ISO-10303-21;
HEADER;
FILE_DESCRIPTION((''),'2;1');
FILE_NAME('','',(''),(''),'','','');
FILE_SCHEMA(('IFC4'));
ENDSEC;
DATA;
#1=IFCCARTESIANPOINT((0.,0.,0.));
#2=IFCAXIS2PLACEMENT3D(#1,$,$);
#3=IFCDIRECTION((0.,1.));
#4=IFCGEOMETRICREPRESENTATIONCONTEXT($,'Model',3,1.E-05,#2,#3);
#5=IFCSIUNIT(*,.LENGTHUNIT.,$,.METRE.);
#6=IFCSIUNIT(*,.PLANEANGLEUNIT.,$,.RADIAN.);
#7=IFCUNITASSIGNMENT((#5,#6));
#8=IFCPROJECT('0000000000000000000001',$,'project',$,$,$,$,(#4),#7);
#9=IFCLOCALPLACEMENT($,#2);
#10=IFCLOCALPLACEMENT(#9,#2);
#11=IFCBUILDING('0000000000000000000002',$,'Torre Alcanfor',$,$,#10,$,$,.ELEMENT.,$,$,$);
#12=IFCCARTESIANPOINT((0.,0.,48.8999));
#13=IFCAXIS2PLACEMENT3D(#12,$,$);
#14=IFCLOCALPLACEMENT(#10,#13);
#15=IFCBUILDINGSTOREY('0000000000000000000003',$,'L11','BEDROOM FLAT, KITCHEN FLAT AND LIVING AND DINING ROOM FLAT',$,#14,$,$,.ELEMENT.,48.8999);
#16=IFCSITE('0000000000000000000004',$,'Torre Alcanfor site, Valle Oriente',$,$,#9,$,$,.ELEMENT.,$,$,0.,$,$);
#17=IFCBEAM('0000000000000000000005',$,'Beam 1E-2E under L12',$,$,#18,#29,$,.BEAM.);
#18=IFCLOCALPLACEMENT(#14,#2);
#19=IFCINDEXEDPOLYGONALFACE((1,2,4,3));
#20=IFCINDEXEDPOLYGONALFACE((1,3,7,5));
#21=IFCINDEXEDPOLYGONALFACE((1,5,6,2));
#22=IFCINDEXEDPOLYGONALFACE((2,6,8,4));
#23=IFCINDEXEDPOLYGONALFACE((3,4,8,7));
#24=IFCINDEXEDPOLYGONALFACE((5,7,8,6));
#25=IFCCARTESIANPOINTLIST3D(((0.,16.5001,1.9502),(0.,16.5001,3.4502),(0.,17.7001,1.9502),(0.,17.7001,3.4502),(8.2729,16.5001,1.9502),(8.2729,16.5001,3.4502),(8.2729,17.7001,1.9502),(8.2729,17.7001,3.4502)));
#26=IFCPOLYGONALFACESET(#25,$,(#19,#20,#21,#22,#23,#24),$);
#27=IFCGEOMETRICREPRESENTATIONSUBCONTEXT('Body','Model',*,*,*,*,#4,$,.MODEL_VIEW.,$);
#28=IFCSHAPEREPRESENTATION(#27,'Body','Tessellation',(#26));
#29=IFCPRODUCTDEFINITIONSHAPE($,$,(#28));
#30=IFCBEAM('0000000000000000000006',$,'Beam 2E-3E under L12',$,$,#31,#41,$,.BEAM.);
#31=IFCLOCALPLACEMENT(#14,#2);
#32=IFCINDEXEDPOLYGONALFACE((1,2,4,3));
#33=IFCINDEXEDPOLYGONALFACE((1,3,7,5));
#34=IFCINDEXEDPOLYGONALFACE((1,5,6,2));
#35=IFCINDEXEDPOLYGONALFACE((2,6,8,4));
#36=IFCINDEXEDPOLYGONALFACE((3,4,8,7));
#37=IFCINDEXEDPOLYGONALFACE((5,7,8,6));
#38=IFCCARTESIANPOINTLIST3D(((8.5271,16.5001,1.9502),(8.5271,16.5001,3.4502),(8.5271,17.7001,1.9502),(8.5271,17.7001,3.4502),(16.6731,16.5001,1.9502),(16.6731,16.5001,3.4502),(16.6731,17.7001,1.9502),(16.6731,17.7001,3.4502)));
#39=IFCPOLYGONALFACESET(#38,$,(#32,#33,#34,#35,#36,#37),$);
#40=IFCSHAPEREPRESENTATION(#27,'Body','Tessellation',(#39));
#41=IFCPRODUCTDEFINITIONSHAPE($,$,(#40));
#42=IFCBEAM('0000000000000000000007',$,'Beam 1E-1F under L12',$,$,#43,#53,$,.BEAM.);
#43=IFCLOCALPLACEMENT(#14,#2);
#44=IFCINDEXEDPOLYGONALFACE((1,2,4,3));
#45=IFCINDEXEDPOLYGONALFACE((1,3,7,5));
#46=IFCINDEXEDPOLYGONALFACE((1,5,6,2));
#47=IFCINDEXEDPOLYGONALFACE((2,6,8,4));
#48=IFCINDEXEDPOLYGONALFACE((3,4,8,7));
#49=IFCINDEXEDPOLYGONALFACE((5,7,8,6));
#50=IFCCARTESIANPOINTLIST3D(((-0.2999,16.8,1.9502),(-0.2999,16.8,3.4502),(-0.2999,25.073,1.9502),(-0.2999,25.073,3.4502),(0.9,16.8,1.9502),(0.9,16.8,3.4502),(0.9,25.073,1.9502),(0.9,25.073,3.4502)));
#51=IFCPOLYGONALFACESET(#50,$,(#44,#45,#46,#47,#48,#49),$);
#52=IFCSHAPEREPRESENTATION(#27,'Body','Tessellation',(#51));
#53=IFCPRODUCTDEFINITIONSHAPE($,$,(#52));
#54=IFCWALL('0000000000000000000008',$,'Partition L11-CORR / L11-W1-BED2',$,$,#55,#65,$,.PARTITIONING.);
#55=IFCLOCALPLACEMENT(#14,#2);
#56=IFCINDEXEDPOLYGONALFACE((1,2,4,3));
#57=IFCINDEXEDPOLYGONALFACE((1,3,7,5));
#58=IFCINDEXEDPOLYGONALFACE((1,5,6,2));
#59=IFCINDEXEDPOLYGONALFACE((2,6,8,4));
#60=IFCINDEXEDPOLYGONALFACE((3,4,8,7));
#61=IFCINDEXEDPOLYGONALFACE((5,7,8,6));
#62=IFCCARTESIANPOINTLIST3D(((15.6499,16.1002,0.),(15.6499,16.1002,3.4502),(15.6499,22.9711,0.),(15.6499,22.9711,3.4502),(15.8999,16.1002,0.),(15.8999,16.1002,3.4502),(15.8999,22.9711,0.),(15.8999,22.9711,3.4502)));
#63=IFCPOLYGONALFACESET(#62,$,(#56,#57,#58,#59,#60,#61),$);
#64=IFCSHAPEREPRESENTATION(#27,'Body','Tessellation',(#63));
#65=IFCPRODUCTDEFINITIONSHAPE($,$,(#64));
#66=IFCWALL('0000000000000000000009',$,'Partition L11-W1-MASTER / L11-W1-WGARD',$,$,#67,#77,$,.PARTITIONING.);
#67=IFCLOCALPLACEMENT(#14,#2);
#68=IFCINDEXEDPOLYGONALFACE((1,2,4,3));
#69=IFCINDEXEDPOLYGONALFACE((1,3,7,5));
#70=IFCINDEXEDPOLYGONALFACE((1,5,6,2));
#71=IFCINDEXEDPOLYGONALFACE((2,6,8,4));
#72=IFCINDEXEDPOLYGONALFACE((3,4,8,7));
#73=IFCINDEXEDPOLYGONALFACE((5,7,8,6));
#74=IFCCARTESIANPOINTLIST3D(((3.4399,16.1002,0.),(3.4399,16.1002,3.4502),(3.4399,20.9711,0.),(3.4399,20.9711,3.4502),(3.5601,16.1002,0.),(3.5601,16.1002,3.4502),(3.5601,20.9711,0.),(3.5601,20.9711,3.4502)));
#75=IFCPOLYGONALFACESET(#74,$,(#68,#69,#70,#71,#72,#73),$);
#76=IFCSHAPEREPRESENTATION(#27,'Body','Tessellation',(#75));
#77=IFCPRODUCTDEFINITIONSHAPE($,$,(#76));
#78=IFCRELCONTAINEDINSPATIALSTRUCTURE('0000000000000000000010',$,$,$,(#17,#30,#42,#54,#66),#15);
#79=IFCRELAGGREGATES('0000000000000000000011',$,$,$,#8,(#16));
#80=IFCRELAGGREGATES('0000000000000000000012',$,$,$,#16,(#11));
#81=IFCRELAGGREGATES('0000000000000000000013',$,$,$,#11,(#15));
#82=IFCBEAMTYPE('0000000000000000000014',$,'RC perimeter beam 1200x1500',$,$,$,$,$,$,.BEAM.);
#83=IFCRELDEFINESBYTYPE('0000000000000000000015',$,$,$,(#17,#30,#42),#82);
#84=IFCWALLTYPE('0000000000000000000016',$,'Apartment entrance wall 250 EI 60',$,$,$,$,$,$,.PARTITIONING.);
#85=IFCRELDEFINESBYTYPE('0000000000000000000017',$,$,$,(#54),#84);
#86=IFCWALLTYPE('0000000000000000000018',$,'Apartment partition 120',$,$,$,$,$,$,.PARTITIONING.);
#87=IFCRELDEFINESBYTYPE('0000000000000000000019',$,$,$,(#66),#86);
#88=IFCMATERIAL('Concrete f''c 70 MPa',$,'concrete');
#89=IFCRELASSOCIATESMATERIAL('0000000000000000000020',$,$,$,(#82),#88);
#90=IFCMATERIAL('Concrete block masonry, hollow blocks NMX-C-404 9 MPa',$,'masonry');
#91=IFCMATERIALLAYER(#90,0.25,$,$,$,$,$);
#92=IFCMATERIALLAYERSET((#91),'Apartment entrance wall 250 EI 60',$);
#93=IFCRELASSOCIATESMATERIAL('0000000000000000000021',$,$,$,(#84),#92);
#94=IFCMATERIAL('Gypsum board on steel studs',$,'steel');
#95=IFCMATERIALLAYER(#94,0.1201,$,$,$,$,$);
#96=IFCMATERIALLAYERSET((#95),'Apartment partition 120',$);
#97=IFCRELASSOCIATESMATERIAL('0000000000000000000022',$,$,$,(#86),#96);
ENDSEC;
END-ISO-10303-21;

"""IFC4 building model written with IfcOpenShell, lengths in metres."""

from ifc_helpers import new_model, si_unit, direction, frame, frame_2d, origin, origin_2d, place, context, subcontext, project, spatial, rectangle, extrude, material, layer, layer_set, material_profile, profile_set, type_object, element, save


model = new_model("IFC4")

# Units and contexts
model_context = context("Model", 3, precision=1e-05, world=origin(), true_north=direction((0.0, 1.0)))
body_context = subcontext(model_context, "Body", "Model", "MODEL_VIEW")
ifc_project = project(units=[si_unit("LENGTHUNIT", "METRE"), si_unit("PLANEANGLEUNIT", "RADIAN")], contexts=[model_context])

# Site, building, storey
site_placement = place(None, origin())
site = spatial("IfcSite", under=ifc_project, at=site_placement, Name="Torre Alcanfor site, Valle Oriente", CompositionType="ELEMENT", RefElevation=0.0)
building_placement = place(site_placement, origin())
building = spatial("IfcBuilding", under=site, at=building_placement, Name="Torre Alcanfor", CompositionType="ELEMENT")
storey_placement = place(building_placement, frame((0.0, 0.0, 48.8999)))
storey = spatial("IfcBuildingStorey", under=building, at=storey_placement, Name="L11", Description="BEDROOM FLAT, KITCHEN FLAT AND LIVING AND DINING ROOM FLAT", CompositionType="ELEMENT", Elevation=48.8999)

# Beams
ifc_material_1 = material(Name="Concrete f'c 70 MPa", Category="concrete")
ifc_material_profile_1 = material_profile(ifc_material_1, rectangle(XDim=1.2, YDim=1.5, at=origin_2d()), Name="1200x1500")
ifc_profile_set_1 = profile_set([ifc_material_profile_1], Name="Concrete f'c 70 MPa")
beam_type_1 = type_object("IfcBeamType", Name="RC perimeter beam 1200x1500", PredefinedType="BEAM", material=ifc_profile_set_1)
beam_1_placement = place(storey_placement, frame((0.0, 17.1001, 2.7002), z_axis=(1.0, 0.0, 0.0), x_axis=(0.0, 1.0, 0.0)))
element("IfcBeam", 1, at=beam_1_placement, inside=storey, type_object=beam_type_1, Name="Beam 1E-2E under L12", PredefinedType="BEAM", context=body_context, shape_type="SweptSolid", body=[
    extrude(rectangle(XDim=1.2, YDim=1.5, at=origin_2d()), origin(), (0.0, 0.0, 1.0), 8.2729),
])
beam_2_placement = place(storey_placement, frame((8.5271, 17.1001, 2.7002), z_axis=(1.0, 0.0, 0.0), x_axis=(0.0, 1.0, 0.0)))
element("IfcBeam", 2, at=beam_2_placement, inside=storey, type_object=beam_type_1, Name="Beam 2E-3E under L12", PredefinedType="BEAM", context=body_context, shape_type="SweptSolid", body=[
    extrude(rectangle(XDim=1.2, YDim=1.5, at=origin_2d()), origin(), (0.0, 0.0, 1.0), 8.146),
])
beam_3_placement = place(storey_placement, frame((0.3, 16.8, 2.7002), z_axis=(0.0, 1.0, 0.0), x_axis=(-1.0, 0.0, 0.0)))
element("IfcBeam", 3, at=beam_3_placement, inside=storey, type_object=beam_type_1, Name="Beam 1E-1F under L12", PredefinedType="BEAM", context=body_context, shape_type="SweptSolid", body=[
    extrude(rectangle(XDim=1.2, YDim=1.5, at=origin_2d()), origin(), (0.0, 0.0, 1.0), 8.2729),
])

# Walls
ifc_material_2 = material(Name="Concrete block masonry, hollow blocks NMX-C-404 9 MPa", Category="masonry")
ifc_layer_1 = layer(ifc_material_2, 0.25)
ifc_layer_set_1 = layer_set([ifc_layer_1], Name="Apartment entrance wall 250 EI 60")
wall_type_1 = type_object("IfcWallType", Name="Apartment entrance wall 250 EI 60", PredefinedType="PARTITIONING", material=ifc_layer_set_1)
wall_1_placement = place(storey_placement, frame((15.7749, 16.1001, 0.0), z_axis=(0.0, 0.0, 1.0), x_axis=(0.0, 1.0, 0.0)))
element("IfcWall", 4, at=wall_1_placement, inside=storey, type_object=wall_type_1, Name="Partition L11-CORR / L11-W1-BED2", PredefinedType="PARTITIONING", context=body_context, shape_type="SweptSolid", body=[
    extrude(rectangle(XDim=6.8708, YDim=0.25, at=frame_2d((3.4355, 0.0))), origin(), (0.0, 0.0, 1.0), 3.4502),
])
ifc_material_3 = material(Name="Gypsum board on steel studs", Category="steel")
ifc_layer_2 = layer(ifc_material_3, 0.1201)
ifc_layer_set_2 = layer_set([ifc_layer_2], Name="Apartment partition 120")
wall_type_2 = type_object("IfcWallType", Name="Apartment partition 120", PredefinedType="PARTITIONING", material=ifc_layer_set_2)
wall_2_placement = place(storey_placement, frame((3.5, 16.1001, 0.0), z_axis=(0.0, 0.0, 1.0), x_axis=(0.0, 1.0, 0.0)))
element("IfcWall", 5, at=wall_2_placement, inside=storey, type_object=wall_type_2, Name="Partition L11-W1-MASTER / L11-W1-WGARD", PredefinedType="PARTITIONING", context=body_context, shape_type="SweptSolid", body=[
    extrude(rectangle(XDim=4.8708, YDim=0.1201, at=frame_2d((2.4355, 0.0))), origin(), (0.0, 0.0, 1.0), 3.4502),
])

save(model, "model.ifc")
